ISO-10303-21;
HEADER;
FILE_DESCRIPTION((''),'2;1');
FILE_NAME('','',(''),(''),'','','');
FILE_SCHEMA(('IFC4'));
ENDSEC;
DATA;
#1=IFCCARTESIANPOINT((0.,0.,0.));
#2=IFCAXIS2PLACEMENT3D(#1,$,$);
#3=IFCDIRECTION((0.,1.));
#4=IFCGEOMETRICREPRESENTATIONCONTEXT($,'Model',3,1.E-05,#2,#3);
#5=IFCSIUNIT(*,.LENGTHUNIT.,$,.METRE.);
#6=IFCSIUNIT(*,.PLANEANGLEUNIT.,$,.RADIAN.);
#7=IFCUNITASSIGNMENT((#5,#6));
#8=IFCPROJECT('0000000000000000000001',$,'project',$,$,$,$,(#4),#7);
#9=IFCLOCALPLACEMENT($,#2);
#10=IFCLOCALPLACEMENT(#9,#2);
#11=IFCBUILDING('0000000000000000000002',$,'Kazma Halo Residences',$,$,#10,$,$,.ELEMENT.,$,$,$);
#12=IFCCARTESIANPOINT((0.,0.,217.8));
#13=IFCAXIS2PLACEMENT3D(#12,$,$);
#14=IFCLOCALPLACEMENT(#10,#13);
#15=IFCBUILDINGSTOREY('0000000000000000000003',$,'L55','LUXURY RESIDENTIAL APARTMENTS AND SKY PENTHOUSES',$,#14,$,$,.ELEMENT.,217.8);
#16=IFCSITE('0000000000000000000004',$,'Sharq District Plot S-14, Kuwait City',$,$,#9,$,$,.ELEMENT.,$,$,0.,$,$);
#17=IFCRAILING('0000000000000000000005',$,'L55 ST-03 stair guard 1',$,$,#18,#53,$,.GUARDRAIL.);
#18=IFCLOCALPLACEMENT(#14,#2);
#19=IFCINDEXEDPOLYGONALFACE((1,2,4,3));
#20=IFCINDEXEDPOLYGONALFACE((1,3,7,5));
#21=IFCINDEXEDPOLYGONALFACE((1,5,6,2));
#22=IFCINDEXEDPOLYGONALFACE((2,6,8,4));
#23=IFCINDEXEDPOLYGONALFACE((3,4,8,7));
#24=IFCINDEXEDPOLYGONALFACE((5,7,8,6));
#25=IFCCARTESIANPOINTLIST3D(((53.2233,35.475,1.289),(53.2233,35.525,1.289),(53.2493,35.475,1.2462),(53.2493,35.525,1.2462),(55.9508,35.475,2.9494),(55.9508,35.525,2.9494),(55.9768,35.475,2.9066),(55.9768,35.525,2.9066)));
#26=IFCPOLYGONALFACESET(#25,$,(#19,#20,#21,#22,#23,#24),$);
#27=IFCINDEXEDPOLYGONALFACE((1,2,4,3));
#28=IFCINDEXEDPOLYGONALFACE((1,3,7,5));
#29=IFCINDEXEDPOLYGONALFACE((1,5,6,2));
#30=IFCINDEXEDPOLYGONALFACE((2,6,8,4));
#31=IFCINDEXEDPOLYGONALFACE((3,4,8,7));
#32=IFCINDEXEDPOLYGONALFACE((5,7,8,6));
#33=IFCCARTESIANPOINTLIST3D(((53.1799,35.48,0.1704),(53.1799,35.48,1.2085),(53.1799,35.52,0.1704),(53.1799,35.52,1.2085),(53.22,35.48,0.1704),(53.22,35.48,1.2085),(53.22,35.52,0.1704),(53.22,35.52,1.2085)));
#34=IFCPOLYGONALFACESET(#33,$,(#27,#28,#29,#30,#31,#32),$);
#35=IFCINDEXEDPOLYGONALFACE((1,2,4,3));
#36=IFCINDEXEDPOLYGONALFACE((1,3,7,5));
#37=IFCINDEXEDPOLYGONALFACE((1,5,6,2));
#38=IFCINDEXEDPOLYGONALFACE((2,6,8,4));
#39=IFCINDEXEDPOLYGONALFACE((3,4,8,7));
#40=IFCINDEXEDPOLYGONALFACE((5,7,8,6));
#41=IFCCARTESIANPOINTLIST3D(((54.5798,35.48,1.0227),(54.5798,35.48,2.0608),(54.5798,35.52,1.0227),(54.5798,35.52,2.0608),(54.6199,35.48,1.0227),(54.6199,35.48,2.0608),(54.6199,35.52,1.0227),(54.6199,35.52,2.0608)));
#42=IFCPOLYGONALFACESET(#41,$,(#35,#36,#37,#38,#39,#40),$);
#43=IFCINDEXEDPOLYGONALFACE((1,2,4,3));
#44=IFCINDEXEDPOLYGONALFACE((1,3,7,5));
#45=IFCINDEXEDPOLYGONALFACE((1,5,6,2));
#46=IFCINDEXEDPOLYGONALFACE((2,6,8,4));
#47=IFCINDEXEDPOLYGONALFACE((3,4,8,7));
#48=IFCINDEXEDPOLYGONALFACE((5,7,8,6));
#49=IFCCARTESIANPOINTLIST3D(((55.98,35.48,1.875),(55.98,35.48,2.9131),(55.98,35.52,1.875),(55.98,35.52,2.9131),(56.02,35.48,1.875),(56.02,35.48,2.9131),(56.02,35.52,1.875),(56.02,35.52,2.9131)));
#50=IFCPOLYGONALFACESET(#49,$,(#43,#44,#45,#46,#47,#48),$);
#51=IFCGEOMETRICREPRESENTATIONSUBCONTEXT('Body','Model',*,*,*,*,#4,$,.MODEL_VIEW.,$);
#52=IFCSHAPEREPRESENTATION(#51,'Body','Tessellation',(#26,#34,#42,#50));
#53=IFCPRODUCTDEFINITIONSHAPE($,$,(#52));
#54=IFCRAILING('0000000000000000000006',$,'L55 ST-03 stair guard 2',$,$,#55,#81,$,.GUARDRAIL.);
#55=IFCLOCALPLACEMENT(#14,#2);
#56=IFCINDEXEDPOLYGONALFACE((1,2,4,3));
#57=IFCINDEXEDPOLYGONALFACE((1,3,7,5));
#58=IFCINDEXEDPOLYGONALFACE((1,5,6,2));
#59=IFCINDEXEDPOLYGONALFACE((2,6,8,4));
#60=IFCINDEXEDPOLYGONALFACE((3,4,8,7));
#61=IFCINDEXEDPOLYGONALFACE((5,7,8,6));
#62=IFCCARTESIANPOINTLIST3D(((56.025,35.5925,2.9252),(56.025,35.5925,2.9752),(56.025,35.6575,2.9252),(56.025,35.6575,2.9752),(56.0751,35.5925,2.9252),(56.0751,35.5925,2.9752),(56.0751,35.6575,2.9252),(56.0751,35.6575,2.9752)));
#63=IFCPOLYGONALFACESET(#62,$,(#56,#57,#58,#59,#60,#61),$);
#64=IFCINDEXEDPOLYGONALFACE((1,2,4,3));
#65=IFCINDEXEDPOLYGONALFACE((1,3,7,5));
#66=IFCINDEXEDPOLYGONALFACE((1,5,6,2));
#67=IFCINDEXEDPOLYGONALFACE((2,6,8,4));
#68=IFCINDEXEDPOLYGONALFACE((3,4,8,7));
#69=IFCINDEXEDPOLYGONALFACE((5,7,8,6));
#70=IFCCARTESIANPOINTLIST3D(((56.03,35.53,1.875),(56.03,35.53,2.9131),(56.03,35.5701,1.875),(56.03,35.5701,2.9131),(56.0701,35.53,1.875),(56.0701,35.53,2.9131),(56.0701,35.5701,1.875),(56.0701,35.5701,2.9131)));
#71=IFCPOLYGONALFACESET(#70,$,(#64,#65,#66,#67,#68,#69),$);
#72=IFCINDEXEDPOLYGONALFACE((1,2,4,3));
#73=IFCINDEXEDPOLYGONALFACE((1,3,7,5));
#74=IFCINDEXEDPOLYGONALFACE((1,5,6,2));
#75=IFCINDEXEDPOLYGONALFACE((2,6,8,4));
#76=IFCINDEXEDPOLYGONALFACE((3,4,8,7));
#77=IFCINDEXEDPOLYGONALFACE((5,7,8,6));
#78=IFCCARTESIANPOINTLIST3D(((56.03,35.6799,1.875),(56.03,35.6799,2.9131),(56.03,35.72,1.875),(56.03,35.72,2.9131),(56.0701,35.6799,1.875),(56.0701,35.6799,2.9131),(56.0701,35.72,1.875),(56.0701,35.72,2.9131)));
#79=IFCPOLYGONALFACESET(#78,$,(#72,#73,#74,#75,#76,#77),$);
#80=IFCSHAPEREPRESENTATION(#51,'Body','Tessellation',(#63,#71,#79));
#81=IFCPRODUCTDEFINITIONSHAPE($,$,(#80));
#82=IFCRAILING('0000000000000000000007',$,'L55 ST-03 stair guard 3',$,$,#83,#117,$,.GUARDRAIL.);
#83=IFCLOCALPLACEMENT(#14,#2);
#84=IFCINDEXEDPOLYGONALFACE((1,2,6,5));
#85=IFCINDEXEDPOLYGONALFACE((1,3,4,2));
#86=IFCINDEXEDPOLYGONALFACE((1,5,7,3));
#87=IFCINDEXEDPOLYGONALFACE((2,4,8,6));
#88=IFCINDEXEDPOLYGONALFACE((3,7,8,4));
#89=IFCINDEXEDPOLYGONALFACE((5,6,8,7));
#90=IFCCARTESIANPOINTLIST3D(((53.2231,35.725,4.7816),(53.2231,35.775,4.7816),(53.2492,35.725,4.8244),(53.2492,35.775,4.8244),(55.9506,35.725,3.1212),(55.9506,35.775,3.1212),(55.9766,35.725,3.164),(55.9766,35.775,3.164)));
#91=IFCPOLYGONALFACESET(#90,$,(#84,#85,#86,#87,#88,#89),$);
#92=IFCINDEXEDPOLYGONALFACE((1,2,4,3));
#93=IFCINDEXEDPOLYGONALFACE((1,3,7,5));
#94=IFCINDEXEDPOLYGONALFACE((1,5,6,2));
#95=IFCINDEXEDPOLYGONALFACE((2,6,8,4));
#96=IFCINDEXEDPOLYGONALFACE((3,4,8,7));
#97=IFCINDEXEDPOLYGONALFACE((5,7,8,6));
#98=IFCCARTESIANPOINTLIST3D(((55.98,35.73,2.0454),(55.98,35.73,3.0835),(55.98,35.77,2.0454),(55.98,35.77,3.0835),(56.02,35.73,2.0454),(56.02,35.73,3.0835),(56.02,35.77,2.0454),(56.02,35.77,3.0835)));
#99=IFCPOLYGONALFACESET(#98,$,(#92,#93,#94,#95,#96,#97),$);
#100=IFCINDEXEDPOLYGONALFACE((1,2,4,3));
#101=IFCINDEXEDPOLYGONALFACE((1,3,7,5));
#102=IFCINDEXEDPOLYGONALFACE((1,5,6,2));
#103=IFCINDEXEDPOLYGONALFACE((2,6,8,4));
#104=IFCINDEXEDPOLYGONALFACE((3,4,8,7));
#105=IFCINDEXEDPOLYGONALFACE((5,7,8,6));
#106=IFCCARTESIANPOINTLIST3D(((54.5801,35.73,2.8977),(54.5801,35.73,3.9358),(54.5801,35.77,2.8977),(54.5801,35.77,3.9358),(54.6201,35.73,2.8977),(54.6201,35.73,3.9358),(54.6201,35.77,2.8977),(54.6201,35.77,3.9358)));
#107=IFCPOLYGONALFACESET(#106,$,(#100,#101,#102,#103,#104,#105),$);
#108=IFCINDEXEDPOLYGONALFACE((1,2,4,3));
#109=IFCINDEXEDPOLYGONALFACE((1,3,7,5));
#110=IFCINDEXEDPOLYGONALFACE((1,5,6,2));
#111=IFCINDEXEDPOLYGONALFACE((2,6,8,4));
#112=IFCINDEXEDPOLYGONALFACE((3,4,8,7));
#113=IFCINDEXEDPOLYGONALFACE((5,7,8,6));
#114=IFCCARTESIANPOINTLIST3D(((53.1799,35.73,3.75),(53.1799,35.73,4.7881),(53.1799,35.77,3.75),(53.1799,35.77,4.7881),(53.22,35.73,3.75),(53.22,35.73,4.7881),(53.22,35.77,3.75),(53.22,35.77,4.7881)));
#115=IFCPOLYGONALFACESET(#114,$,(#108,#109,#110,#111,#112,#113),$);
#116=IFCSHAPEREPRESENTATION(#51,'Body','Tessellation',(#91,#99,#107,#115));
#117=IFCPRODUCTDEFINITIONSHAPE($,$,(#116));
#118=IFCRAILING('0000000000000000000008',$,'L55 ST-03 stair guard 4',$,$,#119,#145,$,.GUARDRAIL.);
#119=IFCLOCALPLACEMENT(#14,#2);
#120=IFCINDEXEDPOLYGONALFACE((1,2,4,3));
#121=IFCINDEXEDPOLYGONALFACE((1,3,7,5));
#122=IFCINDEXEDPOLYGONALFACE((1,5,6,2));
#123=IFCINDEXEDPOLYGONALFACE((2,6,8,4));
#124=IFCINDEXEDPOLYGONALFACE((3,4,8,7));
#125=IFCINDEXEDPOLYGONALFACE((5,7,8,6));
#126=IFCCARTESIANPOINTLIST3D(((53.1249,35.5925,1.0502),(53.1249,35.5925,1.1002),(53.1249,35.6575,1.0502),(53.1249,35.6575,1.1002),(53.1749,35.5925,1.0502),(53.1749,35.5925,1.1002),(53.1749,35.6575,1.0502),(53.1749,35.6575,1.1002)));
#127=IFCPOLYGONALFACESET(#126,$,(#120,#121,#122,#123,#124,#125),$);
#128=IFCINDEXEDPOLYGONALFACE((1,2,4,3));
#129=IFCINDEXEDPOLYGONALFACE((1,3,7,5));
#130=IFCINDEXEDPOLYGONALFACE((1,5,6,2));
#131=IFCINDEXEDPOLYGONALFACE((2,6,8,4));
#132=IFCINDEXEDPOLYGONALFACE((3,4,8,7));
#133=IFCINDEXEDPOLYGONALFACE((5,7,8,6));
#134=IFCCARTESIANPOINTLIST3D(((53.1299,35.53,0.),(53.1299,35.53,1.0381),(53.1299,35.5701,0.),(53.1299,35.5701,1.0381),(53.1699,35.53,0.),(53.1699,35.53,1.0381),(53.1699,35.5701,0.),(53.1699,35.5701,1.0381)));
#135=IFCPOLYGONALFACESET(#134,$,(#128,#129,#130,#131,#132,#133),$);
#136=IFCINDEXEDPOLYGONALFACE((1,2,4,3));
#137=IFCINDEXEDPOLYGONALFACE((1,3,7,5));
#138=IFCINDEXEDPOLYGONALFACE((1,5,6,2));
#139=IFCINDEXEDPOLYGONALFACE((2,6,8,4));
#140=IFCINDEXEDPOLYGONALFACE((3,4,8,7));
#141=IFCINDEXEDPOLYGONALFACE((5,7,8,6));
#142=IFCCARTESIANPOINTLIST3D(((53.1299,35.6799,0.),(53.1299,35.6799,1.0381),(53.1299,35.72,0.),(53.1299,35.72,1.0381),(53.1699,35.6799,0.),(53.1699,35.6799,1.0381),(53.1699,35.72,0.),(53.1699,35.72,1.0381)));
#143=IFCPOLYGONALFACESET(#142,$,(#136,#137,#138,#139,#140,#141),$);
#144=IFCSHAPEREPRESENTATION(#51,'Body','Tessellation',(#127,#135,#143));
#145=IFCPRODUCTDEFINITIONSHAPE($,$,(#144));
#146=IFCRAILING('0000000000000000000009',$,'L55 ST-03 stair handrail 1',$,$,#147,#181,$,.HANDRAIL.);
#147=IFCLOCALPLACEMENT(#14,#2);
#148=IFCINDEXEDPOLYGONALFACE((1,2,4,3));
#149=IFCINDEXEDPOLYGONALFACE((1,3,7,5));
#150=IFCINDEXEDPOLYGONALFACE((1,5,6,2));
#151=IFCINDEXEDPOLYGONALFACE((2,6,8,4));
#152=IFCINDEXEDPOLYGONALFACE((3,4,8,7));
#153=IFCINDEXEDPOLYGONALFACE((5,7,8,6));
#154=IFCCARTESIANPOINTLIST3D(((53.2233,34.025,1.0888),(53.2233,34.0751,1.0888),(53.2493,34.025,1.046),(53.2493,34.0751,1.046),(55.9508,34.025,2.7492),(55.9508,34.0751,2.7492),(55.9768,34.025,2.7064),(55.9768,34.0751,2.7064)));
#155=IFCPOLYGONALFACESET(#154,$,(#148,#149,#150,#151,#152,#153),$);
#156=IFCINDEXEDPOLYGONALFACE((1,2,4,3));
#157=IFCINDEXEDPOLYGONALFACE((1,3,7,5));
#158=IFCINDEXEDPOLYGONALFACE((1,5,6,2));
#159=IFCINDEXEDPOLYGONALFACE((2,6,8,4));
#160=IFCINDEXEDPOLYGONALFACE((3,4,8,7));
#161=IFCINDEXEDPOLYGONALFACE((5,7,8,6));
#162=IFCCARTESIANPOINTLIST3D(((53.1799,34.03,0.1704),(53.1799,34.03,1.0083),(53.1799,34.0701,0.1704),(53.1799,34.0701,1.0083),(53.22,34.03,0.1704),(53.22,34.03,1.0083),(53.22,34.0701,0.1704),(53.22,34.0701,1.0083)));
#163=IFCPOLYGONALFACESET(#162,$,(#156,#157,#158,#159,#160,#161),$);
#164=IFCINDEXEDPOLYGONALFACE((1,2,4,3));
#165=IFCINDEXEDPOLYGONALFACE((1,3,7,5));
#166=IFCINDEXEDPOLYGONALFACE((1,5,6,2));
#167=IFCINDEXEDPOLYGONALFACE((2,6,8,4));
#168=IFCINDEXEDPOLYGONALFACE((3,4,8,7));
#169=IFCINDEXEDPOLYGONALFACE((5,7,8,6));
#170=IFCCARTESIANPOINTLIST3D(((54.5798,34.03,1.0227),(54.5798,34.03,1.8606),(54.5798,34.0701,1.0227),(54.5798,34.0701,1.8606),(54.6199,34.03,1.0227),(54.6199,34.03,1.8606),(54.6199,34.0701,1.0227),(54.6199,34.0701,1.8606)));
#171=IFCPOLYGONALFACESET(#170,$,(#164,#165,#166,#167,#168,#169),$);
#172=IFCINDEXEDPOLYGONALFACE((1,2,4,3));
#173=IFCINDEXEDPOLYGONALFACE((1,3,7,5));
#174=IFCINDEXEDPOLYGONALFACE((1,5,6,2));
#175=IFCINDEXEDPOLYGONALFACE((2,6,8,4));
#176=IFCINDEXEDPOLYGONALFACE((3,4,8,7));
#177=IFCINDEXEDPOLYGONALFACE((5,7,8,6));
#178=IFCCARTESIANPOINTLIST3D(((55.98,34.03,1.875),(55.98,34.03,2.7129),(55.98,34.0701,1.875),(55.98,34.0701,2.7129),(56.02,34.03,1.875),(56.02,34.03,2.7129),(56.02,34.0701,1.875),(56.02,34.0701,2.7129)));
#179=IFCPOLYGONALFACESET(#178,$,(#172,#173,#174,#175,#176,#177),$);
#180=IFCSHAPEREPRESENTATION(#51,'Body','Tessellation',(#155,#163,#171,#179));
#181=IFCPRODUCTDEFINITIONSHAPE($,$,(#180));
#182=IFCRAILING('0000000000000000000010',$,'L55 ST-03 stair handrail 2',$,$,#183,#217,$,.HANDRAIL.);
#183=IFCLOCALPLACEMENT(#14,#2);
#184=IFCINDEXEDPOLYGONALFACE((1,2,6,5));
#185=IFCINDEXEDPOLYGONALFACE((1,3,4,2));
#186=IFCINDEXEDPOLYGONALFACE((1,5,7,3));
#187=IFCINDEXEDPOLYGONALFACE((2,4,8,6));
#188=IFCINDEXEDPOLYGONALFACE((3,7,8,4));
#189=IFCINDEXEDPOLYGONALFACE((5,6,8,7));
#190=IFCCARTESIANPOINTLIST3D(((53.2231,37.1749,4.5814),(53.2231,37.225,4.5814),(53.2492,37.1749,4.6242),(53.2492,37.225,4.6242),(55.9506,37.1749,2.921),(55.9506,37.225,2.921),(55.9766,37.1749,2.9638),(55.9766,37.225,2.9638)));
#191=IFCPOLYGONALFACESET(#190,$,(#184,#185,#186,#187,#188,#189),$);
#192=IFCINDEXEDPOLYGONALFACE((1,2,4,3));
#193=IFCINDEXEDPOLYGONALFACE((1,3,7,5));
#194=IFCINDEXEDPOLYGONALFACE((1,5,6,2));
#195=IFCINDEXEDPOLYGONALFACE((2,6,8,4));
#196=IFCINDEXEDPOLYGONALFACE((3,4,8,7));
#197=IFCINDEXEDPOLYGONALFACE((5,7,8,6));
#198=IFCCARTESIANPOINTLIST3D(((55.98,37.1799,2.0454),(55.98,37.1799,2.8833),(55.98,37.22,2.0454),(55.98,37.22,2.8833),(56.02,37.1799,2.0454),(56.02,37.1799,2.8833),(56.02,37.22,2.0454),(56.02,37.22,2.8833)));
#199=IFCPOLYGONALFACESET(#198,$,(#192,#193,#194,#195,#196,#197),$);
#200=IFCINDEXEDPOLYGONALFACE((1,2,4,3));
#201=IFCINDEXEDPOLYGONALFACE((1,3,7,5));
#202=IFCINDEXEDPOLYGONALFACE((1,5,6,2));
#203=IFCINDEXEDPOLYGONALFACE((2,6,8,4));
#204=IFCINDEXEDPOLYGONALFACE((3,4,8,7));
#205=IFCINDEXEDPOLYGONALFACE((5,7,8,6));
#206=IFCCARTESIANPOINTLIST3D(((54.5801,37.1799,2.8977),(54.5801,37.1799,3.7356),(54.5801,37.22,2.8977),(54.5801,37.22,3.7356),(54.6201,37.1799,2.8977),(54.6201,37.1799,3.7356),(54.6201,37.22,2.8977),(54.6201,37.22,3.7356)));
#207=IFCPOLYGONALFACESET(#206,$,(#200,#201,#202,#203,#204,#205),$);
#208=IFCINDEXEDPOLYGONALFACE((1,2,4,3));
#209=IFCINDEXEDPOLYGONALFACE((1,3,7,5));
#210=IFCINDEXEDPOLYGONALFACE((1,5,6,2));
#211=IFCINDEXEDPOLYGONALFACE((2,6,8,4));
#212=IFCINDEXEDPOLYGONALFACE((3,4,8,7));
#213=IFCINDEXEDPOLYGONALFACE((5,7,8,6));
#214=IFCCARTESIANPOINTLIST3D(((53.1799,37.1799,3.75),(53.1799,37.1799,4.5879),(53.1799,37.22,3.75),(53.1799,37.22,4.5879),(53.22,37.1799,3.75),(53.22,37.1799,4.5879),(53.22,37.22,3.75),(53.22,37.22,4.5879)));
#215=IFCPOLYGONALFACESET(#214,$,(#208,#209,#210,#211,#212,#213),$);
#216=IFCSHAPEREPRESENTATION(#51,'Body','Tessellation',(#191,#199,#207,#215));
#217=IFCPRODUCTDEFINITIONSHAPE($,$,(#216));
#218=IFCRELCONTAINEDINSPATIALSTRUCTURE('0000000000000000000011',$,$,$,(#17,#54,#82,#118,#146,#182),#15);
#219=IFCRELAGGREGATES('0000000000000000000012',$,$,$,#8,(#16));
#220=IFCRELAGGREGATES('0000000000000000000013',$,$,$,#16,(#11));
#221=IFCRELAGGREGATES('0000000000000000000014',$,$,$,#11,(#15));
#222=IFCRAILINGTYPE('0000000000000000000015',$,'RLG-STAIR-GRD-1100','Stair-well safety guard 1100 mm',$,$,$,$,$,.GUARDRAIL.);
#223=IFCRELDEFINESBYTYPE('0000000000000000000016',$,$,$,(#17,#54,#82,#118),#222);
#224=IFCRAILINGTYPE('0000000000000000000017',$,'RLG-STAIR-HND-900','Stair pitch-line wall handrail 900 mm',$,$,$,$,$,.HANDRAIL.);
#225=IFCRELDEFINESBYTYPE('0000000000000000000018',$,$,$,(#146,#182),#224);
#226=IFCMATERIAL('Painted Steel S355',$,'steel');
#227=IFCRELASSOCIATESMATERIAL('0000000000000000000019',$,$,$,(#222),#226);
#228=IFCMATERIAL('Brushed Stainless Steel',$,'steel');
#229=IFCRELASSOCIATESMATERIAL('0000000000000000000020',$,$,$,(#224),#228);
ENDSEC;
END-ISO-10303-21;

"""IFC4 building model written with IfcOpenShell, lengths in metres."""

from ifc_helpers import new_model, si_unit, direction, frame, origin, origin_2d, place, context, subcontext, project, spatial, rectangle, extrude, material, type_object, element, save


model = new_model("IFC4")

# Units and contexts
model_context = context("Model", 3, precision=1e-05, world=origin(), true_north=direction((0.0, 1.0)))
body_context = subcontext(model_context, "Body", "Model", "MODEL_VIEW")
ifc_project = project(units=[si_unit("LENGTHUNIT", "METRE"), si_unit("PLANEANGLEUNIT", "RADIAN")], contexts=[model_context])

# Site, building, storey
site_placement = place(None, origin())
site = spatial("IfcSite", under=ifc_project, at=site_placement, Name="Sharq District Plot S-14, Kuwait City", CompositionType="ELEMENT", RefElevation=0.0)
building_placement = place(site_placement, origin())
building = spatial("IfcBuilding", under=site, at=building_placement, Name="Kazma Halo Residences", CompositionType="ELEMENT")
storey_placement = place(building_placement, frame((0.0, 0.0, 217.8)))
storey = spatial("IfcBuildingStorey", under=building, at=storey_placement, Name="L55", Description="LUXURY RESIDENTIAL APARTMENTS AND SKY PENTHOUSES", CompositionType="ELEMENT", Elevation=217.8)

# Railings
ifc_material_1 = material(Name="Painted Steel S355", Category="steel")
railing_type_1 = type_object("IfcRailingType", Name="RLG-STAIR-GRD-1100", Description="Stair-well safety guard 1100 mm", PredefinedType="GUARDRAIL", material=ifc_material_1)
railing_1_placement = place(storey_placement, frame((53.2, 35.5, 0.1704)))
element("IfcRailing", 1, at=railing_1_placement, inside=storey, type_object=railing_type_1, Name="L55 ST-03 stair guard 1", PredefinedType="GUARDRAIL", context=body_context, shape_type="SweptSolid", body=[
    extrude(rectangle(XDim=0.05, YDim=0.05, at=origin_2d()), frame((0.0364, 0.0, 1.0972), z_axis=(0.85417, 0.0, 0.519994), x_axis=(0.0, 1.0, 0.0)), (0.0, 0.0, 1.0), 3.1931),
    extrude(rectangle(XDim=0.04, YDim=0.04, at=origin_2d()), origin(), (0.0, 0.0, 1.0), 1.0381),
    extrude(rectangle(XDim=0.04, YDim=0.04, at=origin_2d()), frame((1.3999, 0.0, 0.8523)), (0.0, 0.0, 1.0), 1.0381),
    extrude(rectangle(XDim=0.04, YDim=0.04, at=origin_2d()), frame((2.8, 0.0, 1.7046)), (0.0, 0.0, 1.0), 1.0381),
])
railing_2_placement = place(storey_placement, frame((56.05, 35.55, 1.875)))
element("IfcRailing", 2, at=railing_2_placement, inside=storey, type_object=railing_type_1, Name="L55 ST-03 stair guard 2", PredefinedType="GUARDRAIL", context=body_context, shape_type="SweptSolid", body=[
    extrude(rectangle(XDim=0.05, YDim=0.05, at=origin_2d()), frame((0.0, 0.0425, 1.0752), z_axis=(0.0, 1.0, 0.0), x_axis=(-1.0, 0.0, 0.0)), (0.0, 0.0, 1.0), 0.0649),
    extrude(rectangle(XDim=0.04, YDim=0.04, at=origin_2d()), origin(), (0.0, 0.0, 1.0), 1.0381),
    extrude(rectangle(XDim=0.04, YDim=0.04, at=origin_2d()), frame((0.0, 0.1499, 0.0)), (0.0, 0.0, 1.0), 1.0381),
])
railing_3_placement = place(storey_placement, frame((56.0, 35.75, 2.0454)))
element("IfcRailing", 3, at=railing_3_placement, inside=storey, type_object=railing_type_1, Name="L55 ST-03 stair guard 3", PredefinedType="GUARDRAIL", context=body_context, shape_type="SweptSolid", body=[
    extrude(rectangle(XDim=0.05, YDim=0.05, at=origin_2d()), frame((-0.0364, 0.0, 1.0972), z_axis=(-0.85417, 0.0, 0.519994), x_axis=(0.0, -1.0, 0.0)), (0.0, 0.0, 1.0), 3.1931),
    extrude(rectangle(XDim=0.04, YDim=0.04, at=origin_2d()), origin(), (0.0, 0.0, 1.0), 1.0381),
    extrude(rectangle(XDim=0.04, YDim=0.04, at=origin_2d()), frame((-1.3999, 0.0, 0.8523)), (0.0, 0.0, 1.0), 1.0381),
    extrude(rectangle(XDim=0.04, YDim=0.04, at=origin_2d()), frame((-2.8, 0.0, 1.7046)), (0.0, 0.0, 1.0), 1.0381),
])
railing_4_placement = place(storey_placement, frame((53.1499, 35.55, 0.0)))
element("IfcRailing", 4, at=railing_4_placement, inside=storey, type_object=railing_type_1, Name="L55 ST-03 stair guard 4", PredefinedType="GUARDRAIL", context=body_context, shape_type="SweptSolid", body=[
    extrude(rectangle(XDim=0.05, YDim=0.05, at=origin_2d()), frame((0.0, 0.0425, 1.0752), z_axis=(0.0, 1.0, 0.0), x_axis=(-1.0, 0.0, 0.0)), (0.0, 0.0, 1.0), 0.0649),
    extrude(rectangle(XDim=0.04, YDim=0.04, at=origin_2d()), origin(), (0.0, 0.0, 1.0), 1.0381),
    extrude(rectangle(XDim=0.04, YDim=0.04, at=origin_2d()), frame((0.0, 0.1499, 0.0)), (0.0, 0.0, 1.0), 1.0381),
])
ifc_material_2 = material(Name="Brushed Stainless Steel", Category="steel")
railing_type_2 = type_object("IfcRailingType", Name="RLG-STAIR-HND-900", Description="Stair pitch-line wall handrail 900 mm", PredefinedType="HANDRAIL", material=ifc_material_2)
railing_5_placement = place(storey_placement, frame((53.2, 34.05, 0.1704)))
element("IfcRailing", 5, at=railing_5_placement, inside=storey, type_object=railing_type_2, Name="L55 ST-03 stair handrail 1", PredefinedType="HANDRAIL", context=body_context, shape_type="SweptSolid", body=[
    extrude(rectangle(XDim=0.05, YDim=0.05, at=origin_2d()), frame((0.0364, 0.0, 0.897), z_axis=(0.85417, 0.0, 0.519994), x_axis=(0.0, 1.0, 0.0)), (0.0, 0.0, 1.0), 3.1931),
    extrude(rectangle(XDim=0.04, YDim=0.04, at=origin_2d()), origin(), (0.0, 0.0, 1.0), 0.8379),
    extrude(rectangle(XDim=0.04, YDim=0.04, at=origin_2d()), frame((1.3999, 0.0, 0.8523)), (0.0, 0.0, 1.0), 0.8379),
    extrude(rectangle(XDim=0.04, YDim=0.04, at=origin_2d()), frame((2.8, 0.0, 1.7046)), (0.0, 0.0, 1.0), 0.8379),
])
railing_6_placement = place(storey_placement, frame((56.0, 37.2, 2.0454)))
element("IfcRailing", 6, at=railing_6_placement, inside=storey, type_object=railing_type_2, Name="L55 ST-03 stair handrail 2", PredefinedType="HANDRAIL", context=body_context, shape_type="SweptSolid", body=[
    extrude(rectangle(XDim=0.05, YDim=0.05, at=origin_2d()), frame((-0.0364, 0.0, 0.897), z_axis=(-0.85417, 0.0, 0.519994), x_axis=(0.0, -1.0, 0.0)), (0.0, 0.0, 1.0), 3.1931),
    extrude(rectangle(XDim=0.04, YDim=0.04, at=origin_2d()), origin(), (0.0, 0.0, 1.0), 0.8379),
    extrude(rectangle(XDim=0.04, YDim=0.04, at=origin_2d()), frame((-1.3999, 0.0, 0.8523)), (0.0, 0.0, 1.0), 0.8379),
    extrude(rectangle(XDim=0.04, YDim=0.04, at=origin_2d()), frame((-2.8, 0.0, 1.7046)), (0.0, 0.0, 1.0), 0.8379),
])

save(model, "model.ifc")
